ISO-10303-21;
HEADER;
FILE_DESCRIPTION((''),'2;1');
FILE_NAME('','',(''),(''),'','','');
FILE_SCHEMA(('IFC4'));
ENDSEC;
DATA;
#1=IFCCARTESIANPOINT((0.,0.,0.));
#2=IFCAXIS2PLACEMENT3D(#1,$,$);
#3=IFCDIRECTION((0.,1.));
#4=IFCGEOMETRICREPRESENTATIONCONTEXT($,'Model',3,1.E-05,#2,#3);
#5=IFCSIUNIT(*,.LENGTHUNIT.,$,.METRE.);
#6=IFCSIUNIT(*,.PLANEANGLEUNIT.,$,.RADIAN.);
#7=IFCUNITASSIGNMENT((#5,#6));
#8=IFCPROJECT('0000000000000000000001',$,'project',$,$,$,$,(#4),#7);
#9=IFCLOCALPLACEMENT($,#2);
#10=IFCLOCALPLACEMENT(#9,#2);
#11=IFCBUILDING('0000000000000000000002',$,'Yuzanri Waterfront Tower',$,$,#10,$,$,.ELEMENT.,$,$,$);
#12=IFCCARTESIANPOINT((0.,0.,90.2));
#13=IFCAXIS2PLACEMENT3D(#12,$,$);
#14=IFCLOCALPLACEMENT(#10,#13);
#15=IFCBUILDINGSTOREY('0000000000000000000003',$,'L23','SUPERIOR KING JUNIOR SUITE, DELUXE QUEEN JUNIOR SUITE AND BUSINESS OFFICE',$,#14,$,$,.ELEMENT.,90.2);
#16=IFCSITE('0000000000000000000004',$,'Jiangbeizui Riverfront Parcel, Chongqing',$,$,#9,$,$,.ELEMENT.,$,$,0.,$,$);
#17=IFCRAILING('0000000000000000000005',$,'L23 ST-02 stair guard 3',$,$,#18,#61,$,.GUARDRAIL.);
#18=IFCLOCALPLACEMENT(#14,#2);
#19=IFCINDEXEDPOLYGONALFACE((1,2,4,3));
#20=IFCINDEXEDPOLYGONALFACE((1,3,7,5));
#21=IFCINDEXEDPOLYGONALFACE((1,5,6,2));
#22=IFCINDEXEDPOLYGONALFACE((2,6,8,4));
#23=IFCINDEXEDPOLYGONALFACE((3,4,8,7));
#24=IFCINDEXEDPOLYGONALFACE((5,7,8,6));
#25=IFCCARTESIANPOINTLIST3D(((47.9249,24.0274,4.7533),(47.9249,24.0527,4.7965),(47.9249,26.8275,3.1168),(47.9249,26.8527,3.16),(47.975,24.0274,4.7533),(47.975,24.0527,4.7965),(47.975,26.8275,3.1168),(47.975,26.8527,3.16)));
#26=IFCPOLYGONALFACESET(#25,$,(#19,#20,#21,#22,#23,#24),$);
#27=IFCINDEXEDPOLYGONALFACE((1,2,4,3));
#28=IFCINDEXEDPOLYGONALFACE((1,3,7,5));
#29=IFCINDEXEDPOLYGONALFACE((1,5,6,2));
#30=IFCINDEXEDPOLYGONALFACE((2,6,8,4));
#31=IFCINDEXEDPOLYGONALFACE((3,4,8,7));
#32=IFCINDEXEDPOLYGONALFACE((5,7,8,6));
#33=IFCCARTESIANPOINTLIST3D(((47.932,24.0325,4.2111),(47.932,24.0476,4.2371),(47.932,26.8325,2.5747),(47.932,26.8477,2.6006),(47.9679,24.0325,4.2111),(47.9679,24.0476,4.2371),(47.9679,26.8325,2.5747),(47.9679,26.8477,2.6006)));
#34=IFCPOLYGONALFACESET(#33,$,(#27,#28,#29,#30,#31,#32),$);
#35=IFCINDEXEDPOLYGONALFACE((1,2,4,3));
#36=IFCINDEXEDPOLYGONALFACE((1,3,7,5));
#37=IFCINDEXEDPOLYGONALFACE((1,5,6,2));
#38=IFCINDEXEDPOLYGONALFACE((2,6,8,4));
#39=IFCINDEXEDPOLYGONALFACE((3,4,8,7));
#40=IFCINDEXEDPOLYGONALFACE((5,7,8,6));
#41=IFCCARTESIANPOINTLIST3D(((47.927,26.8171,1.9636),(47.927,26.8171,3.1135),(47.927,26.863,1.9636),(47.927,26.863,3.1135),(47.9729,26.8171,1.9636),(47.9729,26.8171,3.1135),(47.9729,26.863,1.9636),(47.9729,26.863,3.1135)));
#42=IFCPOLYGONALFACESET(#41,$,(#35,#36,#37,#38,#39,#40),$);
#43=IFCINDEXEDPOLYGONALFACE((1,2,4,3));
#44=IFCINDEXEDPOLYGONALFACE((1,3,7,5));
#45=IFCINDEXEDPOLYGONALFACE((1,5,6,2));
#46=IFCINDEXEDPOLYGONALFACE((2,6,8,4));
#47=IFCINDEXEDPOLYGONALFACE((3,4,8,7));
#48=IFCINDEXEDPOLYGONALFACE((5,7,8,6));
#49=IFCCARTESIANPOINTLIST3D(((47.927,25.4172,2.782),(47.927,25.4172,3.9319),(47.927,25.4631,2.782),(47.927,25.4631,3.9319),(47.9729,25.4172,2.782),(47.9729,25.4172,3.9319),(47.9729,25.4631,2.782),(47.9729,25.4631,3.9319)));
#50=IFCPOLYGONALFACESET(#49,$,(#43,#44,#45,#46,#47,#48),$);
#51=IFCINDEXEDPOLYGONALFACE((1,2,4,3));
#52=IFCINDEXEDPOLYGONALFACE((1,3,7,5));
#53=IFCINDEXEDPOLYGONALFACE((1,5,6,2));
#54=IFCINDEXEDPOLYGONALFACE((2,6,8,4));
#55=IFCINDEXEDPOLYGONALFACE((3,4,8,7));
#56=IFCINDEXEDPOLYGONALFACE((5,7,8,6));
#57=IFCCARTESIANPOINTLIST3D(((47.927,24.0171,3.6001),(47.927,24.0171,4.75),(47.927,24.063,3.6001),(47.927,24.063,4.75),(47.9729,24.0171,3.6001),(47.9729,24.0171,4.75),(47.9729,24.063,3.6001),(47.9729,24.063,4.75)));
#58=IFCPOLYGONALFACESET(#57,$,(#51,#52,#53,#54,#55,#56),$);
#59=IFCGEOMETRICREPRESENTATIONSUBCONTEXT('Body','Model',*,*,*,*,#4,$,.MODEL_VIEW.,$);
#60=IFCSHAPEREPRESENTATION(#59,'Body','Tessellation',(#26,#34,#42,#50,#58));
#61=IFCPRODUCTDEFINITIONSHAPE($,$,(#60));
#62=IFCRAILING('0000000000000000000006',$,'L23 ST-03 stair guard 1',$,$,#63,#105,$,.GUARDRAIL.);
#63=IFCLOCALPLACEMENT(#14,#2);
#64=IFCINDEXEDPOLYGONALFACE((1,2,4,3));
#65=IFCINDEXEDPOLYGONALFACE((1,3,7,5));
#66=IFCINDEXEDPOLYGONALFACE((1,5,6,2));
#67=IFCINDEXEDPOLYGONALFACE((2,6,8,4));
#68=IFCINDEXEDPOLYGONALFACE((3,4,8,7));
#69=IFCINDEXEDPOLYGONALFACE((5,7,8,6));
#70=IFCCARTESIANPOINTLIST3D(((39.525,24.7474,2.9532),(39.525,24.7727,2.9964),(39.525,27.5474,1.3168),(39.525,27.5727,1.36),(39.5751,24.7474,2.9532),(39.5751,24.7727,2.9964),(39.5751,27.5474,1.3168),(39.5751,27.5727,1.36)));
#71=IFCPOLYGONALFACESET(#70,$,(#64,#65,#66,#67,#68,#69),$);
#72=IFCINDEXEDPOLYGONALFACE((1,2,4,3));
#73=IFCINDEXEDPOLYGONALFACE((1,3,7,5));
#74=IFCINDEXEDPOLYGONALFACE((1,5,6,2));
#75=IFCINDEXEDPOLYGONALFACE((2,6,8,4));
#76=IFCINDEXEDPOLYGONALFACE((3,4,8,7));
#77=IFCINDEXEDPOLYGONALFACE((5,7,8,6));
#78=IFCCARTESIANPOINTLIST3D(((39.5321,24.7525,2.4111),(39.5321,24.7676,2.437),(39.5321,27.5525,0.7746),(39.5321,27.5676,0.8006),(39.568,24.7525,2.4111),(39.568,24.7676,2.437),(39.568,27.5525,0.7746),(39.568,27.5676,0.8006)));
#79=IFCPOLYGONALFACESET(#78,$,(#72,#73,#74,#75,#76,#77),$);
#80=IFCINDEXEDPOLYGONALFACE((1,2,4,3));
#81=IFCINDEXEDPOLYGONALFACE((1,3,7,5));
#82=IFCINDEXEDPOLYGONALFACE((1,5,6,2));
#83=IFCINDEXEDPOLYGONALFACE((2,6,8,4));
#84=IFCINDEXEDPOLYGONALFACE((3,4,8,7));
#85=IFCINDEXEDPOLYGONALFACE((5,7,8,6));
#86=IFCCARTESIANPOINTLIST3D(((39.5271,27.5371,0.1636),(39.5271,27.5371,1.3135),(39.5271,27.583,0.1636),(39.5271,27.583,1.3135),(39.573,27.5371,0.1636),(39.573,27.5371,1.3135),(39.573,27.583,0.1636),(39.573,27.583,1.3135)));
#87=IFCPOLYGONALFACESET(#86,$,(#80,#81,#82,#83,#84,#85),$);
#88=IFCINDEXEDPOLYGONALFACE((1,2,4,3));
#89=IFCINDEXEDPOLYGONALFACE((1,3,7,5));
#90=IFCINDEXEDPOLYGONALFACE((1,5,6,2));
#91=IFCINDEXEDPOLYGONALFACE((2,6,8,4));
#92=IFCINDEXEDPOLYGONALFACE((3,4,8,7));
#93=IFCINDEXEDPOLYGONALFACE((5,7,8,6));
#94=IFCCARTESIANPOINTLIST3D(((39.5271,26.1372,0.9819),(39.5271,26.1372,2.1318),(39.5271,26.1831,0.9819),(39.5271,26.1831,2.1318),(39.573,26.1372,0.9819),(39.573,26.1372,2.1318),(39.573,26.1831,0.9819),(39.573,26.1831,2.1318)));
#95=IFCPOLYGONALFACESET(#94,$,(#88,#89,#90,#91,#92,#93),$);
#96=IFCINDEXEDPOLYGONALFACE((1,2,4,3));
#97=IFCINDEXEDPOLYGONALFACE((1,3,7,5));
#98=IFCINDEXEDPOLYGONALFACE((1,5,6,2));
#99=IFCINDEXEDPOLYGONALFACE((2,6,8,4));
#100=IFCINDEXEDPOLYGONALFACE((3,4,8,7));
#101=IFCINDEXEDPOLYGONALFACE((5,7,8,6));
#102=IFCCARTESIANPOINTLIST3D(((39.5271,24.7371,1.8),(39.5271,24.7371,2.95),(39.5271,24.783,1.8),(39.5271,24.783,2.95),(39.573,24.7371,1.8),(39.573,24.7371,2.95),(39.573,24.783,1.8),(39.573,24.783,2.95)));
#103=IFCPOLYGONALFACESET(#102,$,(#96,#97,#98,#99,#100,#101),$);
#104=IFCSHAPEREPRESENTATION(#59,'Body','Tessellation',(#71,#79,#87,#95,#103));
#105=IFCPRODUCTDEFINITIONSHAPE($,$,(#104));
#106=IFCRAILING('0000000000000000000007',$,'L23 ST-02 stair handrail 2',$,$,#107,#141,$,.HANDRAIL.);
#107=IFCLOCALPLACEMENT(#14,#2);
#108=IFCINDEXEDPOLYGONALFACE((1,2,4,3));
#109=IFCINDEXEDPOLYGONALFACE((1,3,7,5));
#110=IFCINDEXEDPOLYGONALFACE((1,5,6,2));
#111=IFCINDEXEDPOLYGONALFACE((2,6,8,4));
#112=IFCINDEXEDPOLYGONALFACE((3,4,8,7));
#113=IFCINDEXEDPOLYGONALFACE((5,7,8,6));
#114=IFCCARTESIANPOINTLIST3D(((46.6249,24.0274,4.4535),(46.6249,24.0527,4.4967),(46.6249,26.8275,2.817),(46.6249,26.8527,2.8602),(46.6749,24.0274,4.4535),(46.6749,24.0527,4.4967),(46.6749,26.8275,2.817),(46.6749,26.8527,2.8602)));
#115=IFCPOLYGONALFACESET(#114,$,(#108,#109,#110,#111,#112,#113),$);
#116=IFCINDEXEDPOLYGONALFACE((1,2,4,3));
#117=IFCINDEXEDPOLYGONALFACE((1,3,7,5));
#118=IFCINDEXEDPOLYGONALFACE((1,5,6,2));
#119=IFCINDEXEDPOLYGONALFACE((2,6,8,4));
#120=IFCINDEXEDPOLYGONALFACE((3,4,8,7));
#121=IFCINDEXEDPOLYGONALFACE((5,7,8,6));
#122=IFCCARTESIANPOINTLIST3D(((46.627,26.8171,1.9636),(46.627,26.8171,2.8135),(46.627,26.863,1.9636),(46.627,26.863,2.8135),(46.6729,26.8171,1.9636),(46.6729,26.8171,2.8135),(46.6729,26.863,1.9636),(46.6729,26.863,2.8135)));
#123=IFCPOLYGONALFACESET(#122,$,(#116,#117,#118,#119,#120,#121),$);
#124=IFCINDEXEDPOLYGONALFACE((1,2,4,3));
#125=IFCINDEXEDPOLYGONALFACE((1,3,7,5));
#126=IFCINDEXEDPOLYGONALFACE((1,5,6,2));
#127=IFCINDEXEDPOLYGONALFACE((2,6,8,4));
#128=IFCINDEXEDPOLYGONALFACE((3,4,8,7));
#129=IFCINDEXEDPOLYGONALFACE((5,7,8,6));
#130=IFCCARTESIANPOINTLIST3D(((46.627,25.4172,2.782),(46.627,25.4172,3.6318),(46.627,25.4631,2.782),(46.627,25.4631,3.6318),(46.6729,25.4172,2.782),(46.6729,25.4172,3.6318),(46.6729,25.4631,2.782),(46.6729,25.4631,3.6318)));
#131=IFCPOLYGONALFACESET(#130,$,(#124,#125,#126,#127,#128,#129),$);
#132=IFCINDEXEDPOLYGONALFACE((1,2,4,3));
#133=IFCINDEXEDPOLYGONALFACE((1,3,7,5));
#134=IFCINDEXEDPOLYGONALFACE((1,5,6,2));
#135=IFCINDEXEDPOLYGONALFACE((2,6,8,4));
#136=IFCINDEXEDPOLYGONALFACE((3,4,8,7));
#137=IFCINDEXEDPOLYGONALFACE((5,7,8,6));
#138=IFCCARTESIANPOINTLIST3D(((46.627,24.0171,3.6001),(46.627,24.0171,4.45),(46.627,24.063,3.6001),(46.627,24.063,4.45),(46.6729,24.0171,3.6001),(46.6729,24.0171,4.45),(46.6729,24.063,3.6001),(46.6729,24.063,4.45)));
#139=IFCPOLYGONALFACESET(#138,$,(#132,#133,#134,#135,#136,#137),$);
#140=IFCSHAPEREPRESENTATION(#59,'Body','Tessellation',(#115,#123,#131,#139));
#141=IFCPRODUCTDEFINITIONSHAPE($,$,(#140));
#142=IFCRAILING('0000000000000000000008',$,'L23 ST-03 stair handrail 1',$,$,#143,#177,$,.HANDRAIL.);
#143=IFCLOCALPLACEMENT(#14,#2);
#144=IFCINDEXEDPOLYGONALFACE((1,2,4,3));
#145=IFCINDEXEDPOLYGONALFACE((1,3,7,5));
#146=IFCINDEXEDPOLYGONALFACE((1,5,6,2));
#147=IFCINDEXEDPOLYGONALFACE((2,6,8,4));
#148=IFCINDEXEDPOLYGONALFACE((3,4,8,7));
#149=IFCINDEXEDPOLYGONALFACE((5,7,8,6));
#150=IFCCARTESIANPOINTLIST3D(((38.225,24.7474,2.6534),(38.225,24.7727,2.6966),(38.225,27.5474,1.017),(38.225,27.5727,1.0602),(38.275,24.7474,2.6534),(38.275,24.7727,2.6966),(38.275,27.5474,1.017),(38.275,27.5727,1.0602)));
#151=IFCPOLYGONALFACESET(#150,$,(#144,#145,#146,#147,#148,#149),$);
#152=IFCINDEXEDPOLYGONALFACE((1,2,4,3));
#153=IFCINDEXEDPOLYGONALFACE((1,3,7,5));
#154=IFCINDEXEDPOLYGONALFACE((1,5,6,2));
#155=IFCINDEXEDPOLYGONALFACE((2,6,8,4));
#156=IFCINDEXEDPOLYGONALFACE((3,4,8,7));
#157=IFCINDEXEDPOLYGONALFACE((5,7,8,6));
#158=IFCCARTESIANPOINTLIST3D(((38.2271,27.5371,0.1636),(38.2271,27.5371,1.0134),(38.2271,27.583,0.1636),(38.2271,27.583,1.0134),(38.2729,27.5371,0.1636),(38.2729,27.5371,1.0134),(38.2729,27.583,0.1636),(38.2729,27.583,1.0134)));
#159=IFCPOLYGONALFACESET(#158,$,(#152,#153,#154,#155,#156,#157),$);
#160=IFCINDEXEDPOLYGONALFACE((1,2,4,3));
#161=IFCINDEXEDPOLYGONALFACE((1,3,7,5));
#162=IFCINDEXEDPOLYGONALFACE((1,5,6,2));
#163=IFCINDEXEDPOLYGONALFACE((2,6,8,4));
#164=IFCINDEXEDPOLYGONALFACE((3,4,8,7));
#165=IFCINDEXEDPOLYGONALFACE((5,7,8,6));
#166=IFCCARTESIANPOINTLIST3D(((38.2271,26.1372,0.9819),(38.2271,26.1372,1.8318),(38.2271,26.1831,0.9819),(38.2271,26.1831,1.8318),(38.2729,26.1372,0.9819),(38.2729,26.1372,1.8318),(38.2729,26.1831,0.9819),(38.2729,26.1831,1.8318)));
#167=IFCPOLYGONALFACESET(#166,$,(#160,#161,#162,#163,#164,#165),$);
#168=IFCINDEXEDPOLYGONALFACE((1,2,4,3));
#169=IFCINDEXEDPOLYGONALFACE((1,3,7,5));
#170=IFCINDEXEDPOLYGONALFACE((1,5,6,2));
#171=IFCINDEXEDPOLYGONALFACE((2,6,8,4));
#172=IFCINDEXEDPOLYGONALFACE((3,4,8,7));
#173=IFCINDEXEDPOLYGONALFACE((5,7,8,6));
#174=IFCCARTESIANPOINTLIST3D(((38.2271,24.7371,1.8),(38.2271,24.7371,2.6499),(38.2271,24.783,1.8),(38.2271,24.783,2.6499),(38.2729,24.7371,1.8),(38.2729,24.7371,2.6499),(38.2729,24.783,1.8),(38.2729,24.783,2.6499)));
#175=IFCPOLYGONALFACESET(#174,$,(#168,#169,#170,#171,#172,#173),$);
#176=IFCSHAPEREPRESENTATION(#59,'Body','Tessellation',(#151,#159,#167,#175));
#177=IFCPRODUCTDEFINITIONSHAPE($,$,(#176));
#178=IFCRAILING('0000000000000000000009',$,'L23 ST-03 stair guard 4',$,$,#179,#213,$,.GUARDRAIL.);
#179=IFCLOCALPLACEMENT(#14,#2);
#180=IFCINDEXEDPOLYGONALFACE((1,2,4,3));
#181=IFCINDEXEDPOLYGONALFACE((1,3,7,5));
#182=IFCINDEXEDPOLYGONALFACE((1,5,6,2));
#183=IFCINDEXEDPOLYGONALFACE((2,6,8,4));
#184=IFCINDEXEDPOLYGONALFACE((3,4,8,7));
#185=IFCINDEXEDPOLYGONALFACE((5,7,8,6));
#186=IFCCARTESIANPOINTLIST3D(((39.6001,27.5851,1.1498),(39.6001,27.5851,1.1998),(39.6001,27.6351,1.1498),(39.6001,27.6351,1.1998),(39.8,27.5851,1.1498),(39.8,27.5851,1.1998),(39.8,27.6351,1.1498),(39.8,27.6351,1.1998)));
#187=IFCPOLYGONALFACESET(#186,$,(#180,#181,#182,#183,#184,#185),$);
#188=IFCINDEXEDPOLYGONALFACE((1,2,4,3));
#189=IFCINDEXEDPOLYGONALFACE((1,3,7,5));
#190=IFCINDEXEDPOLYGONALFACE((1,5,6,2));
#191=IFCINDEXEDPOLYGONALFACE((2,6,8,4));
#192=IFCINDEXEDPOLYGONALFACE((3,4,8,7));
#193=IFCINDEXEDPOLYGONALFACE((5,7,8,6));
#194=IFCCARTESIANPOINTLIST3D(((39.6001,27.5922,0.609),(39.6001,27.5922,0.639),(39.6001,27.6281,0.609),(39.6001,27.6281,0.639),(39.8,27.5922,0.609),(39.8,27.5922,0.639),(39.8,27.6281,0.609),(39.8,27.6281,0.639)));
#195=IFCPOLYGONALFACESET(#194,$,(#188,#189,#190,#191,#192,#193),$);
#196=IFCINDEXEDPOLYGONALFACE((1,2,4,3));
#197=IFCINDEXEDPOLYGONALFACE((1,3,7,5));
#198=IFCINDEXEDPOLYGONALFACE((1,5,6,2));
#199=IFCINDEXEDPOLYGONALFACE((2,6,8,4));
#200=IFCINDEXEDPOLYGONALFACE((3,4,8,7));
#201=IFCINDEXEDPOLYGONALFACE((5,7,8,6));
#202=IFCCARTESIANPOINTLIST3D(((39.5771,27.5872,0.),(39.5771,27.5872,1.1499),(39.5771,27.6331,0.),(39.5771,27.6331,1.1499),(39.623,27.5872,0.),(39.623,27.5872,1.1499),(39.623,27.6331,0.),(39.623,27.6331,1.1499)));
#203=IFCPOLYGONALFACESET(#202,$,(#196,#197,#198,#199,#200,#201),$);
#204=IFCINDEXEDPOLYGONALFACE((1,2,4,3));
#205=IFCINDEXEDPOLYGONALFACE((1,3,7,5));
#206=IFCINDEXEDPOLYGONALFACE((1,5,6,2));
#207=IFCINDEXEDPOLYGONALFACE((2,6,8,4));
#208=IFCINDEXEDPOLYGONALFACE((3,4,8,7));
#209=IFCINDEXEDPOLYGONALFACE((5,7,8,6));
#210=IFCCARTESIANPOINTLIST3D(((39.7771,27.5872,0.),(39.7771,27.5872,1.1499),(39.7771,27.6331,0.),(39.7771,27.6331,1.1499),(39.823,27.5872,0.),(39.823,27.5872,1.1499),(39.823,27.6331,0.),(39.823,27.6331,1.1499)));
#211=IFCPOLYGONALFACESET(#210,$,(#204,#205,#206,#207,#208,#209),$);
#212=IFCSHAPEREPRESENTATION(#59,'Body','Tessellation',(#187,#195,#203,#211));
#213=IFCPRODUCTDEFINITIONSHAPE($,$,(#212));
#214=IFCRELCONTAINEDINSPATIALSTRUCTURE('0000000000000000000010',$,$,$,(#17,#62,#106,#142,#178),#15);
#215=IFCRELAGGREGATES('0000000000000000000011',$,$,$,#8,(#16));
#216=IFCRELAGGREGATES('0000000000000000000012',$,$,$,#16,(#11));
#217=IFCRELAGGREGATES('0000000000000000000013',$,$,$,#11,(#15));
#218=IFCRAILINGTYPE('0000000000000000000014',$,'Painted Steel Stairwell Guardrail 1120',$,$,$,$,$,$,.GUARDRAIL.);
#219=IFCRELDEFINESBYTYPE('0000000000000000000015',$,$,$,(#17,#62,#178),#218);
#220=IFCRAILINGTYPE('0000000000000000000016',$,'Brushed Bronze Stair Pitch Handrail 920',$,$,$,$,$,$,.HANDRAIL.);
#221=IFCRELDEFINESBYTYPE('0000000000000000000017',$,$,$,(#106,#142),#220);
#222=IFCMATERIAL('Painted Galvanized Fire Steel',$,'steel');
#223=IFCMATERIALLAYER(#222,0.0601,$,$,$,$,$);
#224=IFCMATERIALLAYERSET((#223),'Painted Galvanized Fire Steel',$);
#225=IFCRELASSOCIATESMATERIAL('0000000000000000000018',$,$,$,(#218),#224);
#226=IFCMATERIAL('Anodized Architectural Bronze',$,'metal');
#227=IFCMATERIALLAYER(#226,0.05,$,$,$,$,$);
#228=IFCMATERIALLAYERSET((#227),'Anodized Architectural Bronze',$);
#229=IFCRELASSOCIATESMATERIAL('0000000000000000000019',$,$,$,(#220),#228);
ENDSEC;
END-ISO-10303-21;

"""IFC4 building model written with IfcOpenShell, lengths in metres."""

from ifc_helpers import new_model, si_unit, direction, frame, origin, origin_2d, place, context, subcontext, project, spatial, rectangle, extrude, source, transform, mapped, material, layer, layer_set, type_object, element, save


model = new_model("IFC4")

# Units and contexts
model_context = context("Model", 3, precision=1e-05, world=origin(), true_north=direction((0.0, 1.0)))
body_context = subcontext(model_context, "Body", "Model", "MODEL_VIEW")
ifc_project = project(units=[si_unit("LENGTHUNIT", "METRE"), si_unit("PLANEANGLEUNIT", "RADIAN")], contexts=[model_context])

# Site, building, storey
site_placement = place(None, origin())
site = spatial("IfcSite", under=ifc_project, at=site_placement, Name="Jiangbeizui Riverfront Parcel, Chongqing", CompositionType="ELEMENT", RefElevation=0.0)
building_placement = place(site_placement, origin())
building = spatial("IfcBuilding", under=site, at=building_placement, Name="Yuzanri Waterfront Tower", CompositionType="ELEMENT")
storey_placement = place(building_placement, frame((0.0, 0.0, 90.2)))
storey = spatial("IfcBuildingStorey", under=building, at=storey_placement, Name="L23", Description="SUPERIOR KING JUNIOR SUITE, DELUXE QUEEN JUNIOR SUITE AND BUSINESS OFFICE", CompositionType="ELEMENT", Elevation=90.2)

# Railings
ifc_material_1 = material(Name="Painted Galvanized Fire Steel", Category="steel")
ifc_layer_1 = layer(ifc_material_1, 0.0601)
ifc_layer_set_1 = layer_set([ifc_layer_1], Name="Painted Galvanized Fire Steel")
railing_type_1 = type_object("IfcRailingType", Name="Painted Steel Stairwell Guardrail 1120", PredefinedType="GUARDRAIL", material=ifc_layer_set_1)
shared_shape_1 = source(origin(), body_context, "Body", "SweptSolid", [
    extrude(rectangle(XDim=0.05, YDim=0.05, at=origin_2d()), frame((0.0, 0.0, 1.1748), z_axis=(0.0, -0.863361, 0.504587), x_axis=(1.0, 0.0, 0.0)), (0.0, 0.0, 1.0), 3.2432),
    extrude(rectangle(XDim=0.0359, YDim=0.03, at=origin_2d()), frame((0.0, 0.0, 0.624), z_axis=(0.0, -0.863361, 0.504587), x_axis=(1.0, 0.0, 0.0)), (0.0, 0.0, 1.0), 3.2432),
    extrude(rectangle(XDim=0.0459, YDim=0.0459, at=origin_2d()), origin(), (0.0, 0.0, 1.0), 1.1499),
    extrude(rectangle(XDim=0.0459, YDim=0.0459, at=origin_2d()), frame((0.0, -1.3999, 0.8184)), (0.0, 0.0, 1.0), 1.1499),
    extrude(rectangle(XDim=0.0459, YDim=0.0459, at=origin_2d()), frame((0.0, -2.8, 1.6365)), (0.0, 0.0, 1.0), 1.1499),
])
for number, where, name in (
    (1, (47.95, 26.8401, 1.9636), "L23 ST-02 stair guard 3"),
    (2, (39.55, 27.5601, 0.1636), "L23 ST-03 stair guard 1"),
):
    element("IfcRailing", number, at=place(storey_placement, frame(where)), inside=storey, type_object=railing_type_1, Name=name, PredefinedType="GUARDRAIL", context=body_context, shape_type="MappedRepresentation", body=[
        mapped(shared_shape_1, transform((0.0, 0.0, 0.0), scale=1.0)),
    ])
ifc_material_2 = material(Name="Anodized Architectural Bronze", Category="metal")
ifc_layer_2 = layer(ifc_material_2, 0.05)
ifc_layer_set_2 = layer_set([ifc_layer_2], Name="Anodized Architectural Bronze")
railing_type_2 = type_object("IfcRailingType", Name="Brushed Bronze Stair Pitch Handrail 920", PredefinedType="HANDRAIL", material=ifc_layer_set_2)
shared_shape_2 = source(origin(), body_context, "Body", "SweptSolid", [
    extrude(rectangle(XDim=0.05, YDim=0.05, at=origin_2d()), frame((0.0, 0.0, 0.875), z_axis=(0.0, -0.863361, 0.504587), x_axis=(1.0, 0.0, 0.0)), (0.0, 0.0, 1.0), 3.2432),
    extrude(rectangle(XDim=0.0459, YDim=0.0459, at=origin_2d()), origin(), (0.0, 0.0, 1.0), 0.8499),
    extrude(rectangle(XDim=0.0459, YDim=0.0459, at=origin_2d()), frame((0.0, -1.3999, 0.8184)), (0.0, 0.0, 1.0), 0.8499),
    extrude(rectangle(XDim=0.0459, YDim=0.0459, at=origin_2d()), frame((0.0, -2.8, 1.6365)), (0.0, 0.0, 1.0), 0.8499),
])
for number, where, name in (
    (3, (46.6499, 26.8401, 1.9636), "L23 ST-02 stair handrail 2"),
    (4, (38.25, 27.5601, 0.1636), "L23 ST-03 stair handrail 1"),
):
    element("IfcRailing", number, at=place(storey_placement, frame(where)), inside=storey, type_object=railing_type_2, Name=name, PredefinedType="HANDRAIL", context=body_context, shape_type="MappedRepresentation", body=[
        mapped(shared_shape_2, transform((0.0, 0.0, 0.0), scale=1.0)),
    ])
shared_shape_3 = source(origin(), body_context, "Body", "SweptSolid", [
    extrude(rectangle(XDim=0.05, YDim=0.05, at=origin_2d()), frame((0.0, 0.0, 1.1748), z_axis=(1.0, 0.0, 0.0), x_axis=(0.0, 1.0, 0.0)), (0.0, 0.0, 1.0), 0.2),
    extrude(rectangle(XDim=0.0359, YDim=0.03, at=origin_2d()), frame((0.0, 0.0, 0.624), z_axis=(1.0, 0.0, 0.0), x_axis=(0.0, 1.0, 0.0)), (0.0, 0.0, 1.0), 0.2),
    extrude(rectangle(XDim=0.0459, YDim=0.0459, at=origin_2d()), origin(), (0.0, 0.0, 1.0), 1.1499),
    extrude(rectangle(XDim=0.0459, YDim=0.0459, at=origin_2d()), frame((0.2, 0.0, 0.0)), (0.0, 0.0, 1.0), 1.1499),
])
railing_1_placement = place(storey_placement, frame((39.6001, 27.6101, 0.0)))
element("IfcRailing", 5, at=railing_1_placement, inside=storey, type_object=railing_type_1, Name="L23 ST-03 stair guard 4", PredefinedType="GUARDRAIL", context=body_context, shape_type="MappedRepresentation", body=[
    mapped(shared_shape_3, transform((0.0, 0.0, 0.0), scale=1.0)),
])

save(model, "model.ifc")
